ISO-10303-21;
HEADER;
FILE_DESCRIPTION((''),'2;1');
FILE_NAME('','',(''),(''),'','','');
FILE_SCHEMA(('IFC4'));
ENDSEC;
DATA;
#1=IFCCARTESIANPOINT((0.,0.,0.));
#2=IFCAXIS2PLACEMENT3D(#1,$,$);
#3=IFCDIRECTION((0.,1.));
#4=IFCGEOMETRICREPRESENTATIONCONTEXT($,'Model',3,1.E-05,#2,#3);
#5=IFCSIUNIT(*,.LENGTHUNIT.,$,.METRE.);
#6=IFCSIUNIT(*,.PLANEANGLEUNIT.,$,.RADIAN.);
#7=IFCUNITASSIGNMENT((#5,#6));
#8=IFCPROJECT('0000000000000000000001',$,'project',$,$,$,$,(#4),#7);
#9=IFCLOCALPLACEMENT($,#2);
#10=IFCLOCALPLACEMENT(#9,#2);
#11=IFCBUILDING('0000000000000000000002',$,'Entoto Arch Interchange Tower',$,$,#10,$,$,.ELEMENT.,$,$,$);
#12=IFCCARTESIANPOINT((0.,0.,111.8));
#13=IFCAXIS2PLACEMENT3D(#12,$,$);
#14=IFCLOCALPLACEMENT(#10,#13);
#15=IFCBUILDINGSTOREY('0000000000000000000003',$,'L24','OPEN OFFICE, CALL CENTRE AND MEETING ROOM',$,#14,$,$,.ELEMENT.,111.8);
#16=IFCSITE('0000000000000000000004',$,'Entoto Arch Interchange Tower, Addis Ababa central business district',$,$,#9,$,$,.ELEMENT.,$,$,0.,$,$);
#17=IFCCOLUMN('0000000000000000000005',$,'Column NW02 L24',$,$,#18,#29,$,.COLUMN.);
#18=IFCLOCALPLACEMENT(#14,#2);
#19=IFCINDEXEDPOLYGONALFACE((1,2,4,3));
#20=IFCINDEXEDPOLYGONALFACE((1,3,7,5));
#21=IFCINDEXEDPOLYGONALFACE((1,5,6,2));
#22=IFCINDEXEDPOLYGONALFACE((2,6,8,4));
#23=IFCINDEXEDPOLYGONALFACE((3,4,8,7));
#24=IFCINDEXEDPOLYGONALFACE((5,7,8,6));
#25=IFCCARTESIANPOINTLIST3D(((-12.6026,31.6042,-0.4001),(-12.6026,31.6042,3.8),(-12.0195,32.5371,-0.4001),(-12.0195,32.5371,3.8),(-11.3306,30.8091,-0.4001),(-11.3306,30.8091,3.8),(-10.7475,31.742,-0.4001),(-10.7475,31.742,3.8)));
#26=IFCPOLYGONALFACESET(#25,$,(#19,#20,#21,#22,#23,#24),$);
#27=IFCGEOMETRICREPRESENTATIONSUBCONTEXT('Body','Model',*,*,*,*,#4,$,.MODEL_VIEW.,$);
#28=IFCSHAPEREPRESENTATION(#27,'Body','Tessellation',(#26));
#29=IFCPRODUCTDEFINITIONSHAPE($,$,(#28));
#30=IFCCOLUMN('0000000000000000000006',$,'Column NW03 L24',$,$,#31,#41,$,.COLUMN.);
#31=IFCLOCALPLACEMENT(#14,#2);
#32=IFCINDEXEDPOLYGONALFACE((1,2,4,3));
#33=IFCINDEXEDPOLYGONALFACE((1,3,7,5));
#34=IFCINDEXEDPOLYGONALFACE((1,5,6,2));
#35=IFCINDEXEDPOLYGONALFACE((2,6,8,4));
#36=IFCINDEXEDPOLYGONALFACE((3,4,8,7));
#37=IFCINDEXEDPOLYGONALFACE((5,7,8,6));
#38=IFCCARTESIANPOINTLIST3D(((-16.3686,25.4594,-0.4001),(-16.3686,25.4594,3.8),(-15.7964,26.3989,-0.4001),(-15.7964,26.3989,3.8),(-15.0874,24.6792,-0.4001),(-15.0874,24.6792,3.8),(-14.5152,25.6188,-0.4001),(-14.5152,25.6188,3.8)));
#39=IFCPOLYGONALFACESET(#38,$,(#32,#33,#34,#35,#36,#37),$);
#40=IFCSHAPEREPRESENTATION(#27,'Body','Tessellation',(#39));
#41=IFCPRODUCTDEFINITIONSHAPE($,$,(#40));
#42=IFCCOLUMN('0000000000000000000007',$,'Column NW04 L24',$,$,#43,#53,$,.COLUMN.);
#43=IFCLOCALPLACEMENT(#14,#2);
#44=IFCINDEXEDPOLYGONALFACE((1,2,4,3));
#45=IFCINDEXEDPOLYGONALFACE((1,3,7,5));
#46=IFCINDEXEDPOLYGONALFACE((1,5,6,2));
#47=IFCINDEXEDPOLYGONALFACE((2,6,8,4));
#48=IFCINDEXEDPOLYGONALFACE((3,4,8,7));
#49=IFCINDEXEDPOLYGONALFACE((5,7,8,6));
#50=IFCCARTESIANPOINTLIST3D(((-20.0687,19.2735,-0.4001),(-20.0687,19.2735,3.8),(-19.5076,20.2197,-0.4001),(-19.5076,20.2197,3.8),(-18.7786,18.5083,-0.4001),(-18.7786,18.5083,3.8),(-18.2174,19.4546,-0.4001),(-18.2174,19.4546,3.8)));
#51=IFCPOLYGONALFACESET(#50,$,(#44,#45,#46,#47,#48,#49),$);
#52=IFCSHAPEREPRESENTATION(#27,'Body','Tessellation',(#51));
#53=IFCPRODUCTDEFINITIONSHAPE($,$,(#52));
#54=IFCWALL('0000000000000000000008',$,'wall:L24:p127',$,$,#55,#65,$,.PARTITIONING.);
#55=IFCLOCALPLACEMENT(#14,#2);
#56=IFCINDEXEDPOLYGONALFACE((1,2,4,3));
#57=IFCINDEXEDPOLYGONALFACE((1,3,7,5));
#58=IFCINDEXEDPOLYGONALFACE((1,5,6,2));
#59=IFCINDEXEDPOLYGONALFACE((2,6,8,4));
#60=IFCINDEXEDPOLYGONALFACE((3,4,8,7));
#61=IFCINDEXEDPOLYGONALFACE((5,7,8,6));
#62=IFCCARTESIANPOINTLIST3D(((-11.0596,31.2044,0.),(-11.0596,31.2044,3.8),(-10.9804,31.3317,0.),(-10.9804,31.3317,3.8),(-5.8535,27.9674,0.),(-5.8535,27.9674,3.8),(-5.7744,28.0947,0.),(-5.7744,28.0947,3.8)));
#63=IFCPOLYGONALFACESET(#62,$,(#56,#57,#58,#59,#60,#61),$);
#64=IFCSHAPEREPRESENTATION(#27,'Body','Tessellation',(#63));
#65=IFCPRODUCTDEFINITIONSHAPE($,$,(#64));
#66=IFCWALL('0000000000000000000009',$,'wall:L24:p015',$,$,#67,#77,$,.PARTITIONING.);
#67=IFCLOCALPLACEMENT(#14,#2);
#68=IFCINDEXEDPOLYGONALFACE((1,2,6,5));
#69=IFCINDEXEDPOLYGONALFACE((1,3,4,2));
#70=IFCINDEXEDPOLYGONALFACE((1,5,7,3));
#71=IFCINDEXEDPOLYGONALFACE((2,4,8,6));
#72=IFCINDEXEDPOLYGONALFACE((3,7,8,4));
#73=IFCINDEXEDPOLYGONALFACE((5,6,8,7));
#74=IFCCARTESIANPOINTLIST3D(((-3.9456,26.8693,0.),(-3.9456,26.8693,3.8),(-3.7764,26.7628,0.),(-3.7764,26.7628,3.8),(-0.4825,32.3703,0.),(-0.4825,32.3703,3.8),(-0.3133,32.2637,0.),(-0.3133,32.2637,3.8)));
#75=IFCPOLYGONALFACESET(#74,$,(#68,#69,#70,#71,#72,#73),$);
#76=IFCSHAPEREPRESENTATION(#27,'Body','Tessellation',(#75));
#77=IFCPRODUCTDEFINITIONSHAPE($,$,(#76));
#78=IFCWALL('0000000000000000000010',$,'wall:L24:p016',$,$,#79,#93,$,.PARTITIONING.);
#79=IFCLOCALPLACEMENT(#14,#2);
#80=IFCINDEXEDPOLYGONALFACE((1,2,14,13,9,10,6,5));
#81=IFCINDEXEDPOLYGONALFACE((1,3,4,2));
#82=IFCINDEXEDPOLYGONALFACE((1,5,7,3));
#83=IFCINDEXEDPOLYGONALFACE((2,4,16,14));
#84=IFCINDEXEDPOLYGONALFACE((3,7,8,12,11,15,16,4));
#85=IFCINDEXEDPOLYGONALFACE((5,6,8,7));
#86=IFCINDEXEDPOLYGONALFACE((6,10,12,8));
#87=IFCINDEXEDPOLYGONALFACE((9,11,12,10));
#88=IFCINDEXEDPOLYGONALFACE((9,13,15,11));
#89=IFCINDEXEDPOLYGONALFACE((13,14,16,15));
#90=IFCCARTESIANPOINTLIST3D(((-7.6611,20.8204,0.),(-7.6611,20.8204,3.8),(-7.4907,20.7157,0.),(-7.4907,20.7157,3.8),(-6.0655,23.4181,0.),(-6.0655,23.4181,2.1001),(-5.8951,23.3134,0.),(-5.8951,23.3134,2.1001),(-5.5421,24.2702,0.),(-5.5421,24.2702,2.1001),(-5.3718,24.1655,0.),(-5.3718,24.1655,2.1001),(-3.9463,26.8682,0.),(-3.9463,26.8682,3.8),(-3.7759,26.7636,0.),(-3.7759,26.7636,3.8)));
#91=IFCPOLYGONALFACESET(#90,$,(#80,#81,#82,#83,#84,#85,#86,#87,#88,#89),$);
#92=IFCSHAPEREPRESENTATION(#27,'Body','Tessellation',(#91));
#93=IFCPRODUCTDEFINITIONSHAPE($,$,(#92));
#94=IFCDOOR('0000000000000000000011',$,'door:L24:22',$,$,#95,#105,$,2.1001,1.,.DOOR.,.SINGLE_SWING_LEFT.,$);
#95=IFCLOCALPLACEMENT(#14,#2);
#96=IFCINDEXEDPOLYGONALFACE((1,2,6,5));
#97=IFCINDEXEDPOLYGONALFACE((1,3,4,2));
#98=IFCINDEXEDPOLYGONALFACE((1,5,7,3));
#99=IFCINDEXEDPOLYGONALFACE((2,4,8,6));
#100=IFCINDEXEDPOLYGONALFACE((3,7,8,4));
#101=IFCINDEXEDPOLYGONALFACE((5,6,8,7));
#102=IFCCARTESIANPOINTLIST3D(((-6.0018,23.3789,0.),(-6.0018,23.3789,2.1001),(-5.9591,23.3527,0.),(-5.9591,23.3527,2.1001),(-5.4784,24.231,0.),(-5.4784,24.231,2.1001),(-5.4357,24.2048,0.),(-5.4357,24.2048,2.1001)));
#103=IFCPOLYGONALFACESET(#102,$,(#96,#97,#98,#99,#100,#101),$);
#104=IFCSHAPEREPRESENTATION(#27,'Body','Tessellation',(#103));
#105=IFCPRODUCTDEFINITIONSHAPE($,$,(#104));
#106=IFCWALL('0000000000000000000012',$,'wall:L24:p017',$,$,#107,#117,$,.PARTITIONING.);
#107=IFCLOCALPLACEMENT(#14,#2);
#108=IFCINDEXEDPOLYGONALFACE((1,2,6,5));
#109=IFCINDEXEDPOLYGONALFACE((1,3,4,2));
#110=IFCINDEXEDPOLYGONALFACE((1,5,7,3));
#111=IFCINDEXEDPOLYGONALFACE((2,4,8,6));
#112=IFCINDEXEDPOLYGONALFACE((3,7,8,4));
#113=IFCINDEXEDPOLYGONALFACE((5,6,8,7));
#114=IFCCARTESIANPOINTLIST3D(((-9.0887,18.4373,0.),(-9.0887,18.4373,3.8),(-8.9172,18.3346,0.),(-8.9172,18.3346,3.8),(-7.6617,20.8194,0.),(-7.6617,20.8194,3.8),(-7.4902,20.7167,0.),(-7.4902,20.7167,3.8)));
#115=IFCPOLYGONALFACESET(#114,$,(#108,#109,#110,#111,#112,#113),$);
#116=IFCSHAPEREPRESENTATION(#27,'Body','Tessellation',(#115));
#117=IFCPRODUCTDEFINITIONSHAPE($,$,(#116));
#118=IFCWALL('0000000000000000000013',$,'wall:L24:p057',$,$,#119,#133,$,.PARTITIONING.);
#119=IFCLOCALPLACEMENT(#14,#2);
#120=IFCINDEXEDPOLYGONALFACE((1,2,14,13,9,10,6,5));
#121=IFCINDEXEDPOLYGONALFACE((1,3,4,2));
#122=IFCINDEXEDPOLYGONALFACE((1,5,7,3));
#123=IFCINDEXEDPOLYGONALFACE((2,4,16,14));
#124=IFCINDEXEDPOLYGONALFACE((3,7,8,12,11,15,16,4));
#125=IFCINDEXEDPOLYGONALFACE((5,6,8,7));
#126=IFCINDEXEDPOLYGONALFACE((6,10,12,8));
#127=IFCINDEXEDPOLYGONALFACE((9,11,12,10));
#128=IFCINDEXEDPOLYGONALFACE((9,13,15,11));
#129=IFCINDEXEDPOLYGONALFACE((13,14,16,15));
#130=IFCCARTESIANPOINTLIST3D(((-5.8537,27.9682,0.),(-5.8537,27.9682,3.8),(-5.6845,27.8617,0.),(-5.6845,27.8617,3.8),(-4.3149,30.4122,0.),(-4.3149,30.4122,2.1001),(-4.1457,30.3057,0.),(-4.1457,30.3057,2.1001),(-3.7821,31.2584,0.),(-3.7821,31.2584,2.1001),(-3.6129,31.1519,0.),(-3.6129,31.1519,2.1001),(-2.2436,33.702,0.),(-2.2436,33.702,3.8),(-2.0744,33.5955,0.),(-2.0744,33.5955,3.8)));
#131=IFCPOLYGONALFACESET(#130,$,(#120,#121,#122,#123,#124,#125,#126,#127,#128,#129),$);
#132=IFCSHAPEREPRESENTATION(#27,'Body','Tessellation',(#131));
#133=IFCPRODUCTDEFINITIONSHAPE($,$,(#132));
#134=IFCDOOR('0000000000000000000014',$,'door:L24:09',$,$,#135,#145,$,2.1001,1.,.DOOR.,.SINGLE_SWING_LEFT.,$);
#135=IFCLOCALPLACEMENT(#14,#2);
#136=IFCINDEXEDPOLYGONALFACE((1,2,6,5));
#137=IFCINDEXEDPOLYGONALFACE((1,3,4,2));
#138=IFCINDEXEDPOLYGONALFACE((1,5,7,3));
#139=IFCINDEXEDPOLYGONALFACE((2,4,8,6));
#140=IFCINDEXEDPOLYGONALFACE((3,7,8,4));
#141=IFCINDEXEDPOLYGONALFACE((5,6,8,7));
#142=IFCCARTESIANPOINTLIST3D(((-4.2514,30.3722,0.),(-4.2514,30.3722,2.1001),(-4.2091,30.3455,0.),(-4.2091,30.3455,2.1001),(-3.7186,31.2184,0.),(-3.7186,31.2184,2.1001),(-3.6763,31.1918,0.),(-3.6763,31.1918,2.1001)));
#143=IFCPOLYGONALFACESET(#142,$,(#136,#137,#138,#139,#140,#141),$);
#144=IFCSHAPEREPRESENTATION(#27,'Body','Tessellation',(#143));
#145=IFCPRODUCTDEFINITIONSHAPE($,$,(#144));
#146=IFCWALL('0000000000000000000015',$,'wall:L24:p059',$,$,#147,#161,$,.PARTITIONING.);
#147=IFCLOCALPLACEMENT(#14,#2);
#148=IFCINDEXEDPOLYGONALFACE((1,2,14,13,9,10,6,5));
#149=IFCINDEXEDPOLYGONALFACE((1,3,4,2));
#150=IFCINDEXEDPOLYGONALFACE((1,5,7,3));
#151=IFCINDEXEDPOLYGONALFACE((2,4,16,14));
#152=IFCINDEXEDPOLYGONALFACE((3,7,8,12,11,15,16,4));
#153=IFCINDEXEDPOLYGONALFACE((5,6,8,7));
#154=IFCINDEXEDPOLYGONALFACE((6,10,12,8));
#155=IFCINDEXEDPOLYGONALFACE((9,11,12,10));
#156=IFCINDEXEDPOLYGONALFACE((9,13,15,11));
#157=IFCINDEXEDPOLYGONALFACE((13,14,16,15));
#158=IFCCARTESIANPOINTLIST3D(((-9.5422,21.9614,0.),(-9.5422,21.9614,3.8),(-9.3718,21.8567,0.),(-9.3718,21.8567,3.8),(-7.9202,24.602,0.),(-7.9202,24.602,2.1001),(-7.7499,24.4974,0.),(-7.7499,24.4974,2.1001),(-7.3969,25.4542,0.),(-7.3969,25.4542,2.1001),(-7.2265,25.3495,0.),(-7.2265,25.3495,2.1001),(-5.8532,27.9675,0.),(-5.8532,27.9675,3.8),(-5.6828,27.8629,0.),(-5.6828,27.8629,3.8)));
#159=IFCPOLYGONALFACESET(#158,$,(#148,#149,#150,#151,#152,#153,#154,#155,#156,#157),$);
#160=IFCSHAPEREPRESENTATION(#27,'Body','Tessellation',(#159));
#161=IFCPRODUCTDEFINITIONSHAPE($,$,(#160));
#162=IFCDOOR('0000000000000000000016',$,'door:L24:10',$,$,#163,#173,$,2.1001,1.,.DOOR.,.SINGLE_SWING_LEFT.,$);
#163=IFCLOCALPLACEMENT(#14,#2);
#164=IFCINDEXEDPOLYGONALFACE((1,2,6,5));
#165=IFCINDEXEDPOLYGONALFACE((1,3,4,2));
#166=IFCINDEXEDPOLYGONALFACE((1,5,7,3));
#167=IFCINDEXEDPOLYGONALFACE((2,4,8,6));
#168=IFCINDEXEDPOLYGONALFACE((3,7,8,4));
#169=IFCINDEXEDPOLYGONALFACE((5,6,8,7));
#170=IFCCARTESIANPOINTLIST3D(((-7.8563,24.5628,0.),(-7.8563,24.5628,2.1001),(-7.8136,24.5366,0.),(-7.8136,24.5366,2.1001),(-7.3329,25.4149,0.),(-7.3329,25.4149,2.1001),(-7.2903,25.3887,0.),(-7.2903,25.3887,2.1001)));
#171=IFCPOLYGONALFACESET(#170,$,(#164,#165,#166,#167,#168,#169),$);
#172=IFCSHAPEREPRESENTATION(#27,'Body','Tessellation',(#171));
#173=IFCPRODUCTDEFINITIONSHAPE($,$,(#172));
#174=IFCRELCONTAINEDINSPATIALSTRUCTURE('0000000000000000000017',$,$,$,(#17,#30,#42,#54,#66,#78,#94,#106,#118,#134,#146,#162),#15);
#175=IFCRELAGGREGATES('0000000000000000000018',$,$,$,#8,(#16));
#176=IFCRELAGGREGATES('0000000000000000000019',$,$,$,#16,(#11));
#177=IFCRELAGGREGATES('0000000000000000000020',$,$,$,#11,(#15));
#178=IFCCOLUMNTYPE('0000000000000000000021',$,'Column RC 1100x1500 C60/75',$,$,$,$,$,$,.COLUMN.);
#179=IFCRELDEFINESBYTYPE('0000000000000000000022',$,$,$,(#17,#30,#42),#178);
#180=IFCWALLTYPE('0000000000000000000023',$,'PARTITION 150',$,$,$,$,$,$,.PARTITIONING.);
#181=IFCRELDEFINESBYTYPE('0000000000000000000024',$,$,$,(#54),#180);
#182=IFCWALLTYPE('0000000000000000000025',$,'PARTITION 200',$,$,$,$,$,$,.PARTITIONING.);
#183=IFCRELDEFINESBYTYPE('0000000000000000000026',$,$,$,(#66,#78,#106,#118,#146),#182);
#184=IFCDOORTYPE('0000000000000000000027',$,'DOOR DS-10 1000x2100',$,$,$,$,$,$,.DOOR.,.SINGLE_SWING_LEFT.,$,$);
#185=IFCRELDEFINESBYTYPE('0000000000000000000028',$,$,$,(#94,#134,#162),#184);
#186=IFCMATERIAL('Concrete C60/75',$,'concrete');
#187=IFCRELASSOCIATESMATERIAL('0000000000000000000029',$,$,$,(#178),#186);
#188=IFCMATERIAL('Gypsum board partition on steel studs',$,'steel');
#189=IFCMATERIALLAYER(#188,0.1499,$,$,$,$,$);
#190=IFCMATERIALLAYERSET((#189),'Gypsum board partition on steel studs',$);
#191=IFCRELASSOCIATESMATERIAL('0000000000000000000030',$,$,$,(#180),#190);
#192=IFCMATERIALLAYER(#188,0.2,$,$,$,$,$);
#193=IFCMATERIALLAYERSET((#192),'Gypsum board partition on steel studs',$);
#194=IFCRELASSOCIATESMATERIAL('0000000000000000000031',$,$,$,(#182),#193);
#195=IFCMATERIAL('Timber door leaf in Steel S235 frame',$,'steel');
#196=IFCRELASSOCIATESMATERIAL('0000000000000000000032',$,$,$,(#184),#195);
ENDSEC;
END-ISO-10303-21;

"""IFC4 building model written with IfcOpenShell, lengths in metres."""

from ifc_helpers import new_model, si_unit, direction, frame, frame_2d, origin, origin_2d, place, context, subcontext, project, spatial, rectangle, extrude, material, layer, layer_set, material_profile, profile_set, type_object, element, fill, save


model = new_model("IFC4")

# Units and contexts
model_context = context("Model", 3, precision=1e-05, world=origin(), true_north=direction((0.0, 1.0)))
body_context = subcontext(model_context, "Body", "Model", "MODEL_VIEW")
ifc_project = project(units=[si_unit("LENGTHUNIT", "METRE"), si_unit("PLANEANGLEUNIT", "RADIAN")], contexts=[model_context])

# Site, building, storey
site_placement = place(None, origin())
site = spatial("IfcSite", under=ifc_project, at=site_placement, Name="Entoto Arch Interchange Tower, Addis Ababa central business district", CompositionType="ELEMENT", RefElevation=0.0)
building_placement = place(site_placement, origin())
building = spatial("IfcBuilding", under=site, at=building_placement, Name="Entoto Arch Interchange Tower", CompositionType="ELEMENT")
storey_placement = place(building_placement, frame((0.0, 0.0, 111.8)))
storey = spatial("IfcBuildingStorey", under=building, at=storey_placement, Name="L24", Description="OPEN OFFICE, CALL CENTRE AND MEETING ROOM", CompositionType="ELEMENT", Elevation=111.8)

# Columns
ifc_material_1 = material(Name="Concrete C60/75", Category="concrete")
ifc_material_profile = material_profile(ifc_material_1, rectangle(XDim=1.1001, YDim=1.5, at=origin_2d()))
ifc_profile_set = profile_set([ifc_material_profile], Name="Concrete C60/75")
column_type = type_object("IfcColumnType", Name="Column RC 1100x1500 C60/75", PredefinedType="COLUMN", material=ifc_profile_set)
for number, where, z_axis, x_axis, name in (
    (1, (-11.675, 31.6731, -0.4001), (0.0, 0.0, 1.0), (0.530067, 0.847956, 0.0), "Column NW02 L24"),
    (2, (-15.4419, 25.5391, -0.4001), (0.0, 0.0, 1.0), (0.520116, 0.854096, 0.0), "Column NW03 L24"),
    (3, (-19.1431, 19.364, -0.4001), (0.0, 0.0, 1.0), (0.510093, 0.860119, 0.0), "Column NW04 L24"),
):
    element("IfcColumn", number, at=place(storey_placement, frame(where, z_axis=z_axis, x_axis=x_axis)), inside=storey, type_object=column_type, Name=name, PredefinedType="COLUMN", context=body_context, shape_type="SweptSolid", body=[
        extrude(rectangle(XDim=1.1001, YDim=1.5, at=origin_2d()), origin(), (0.0, 0.0, 1.0), 4.2002),
    ])

# Walls
ifc_material_2 = material(Name="Gypsum board partition on steel studs", Category="steel")
ifc_layer_1 = layer(ifc_material_2, 0.1499)
ifc_layer_set_1 = layer_set([ifc_layer_1], Name="Gypsum board partition on steel studs")
wall_type_1 = type_object("IfcWallType", Name="PARTITION 150", PredefinedType="PARTITIONING", material=ifc_layer_set_1)
wall_1_placement = place(storey_placement, frame((-5.814, 28.031, 0.0), z_axis=(0.0, 0.0, 1.0), x_axis=(-0.849222, 0.528036, 0.0)))
element("IfcWall", 4, at=wall_1_placement, inside=storey, type_object=wall_type_1, Name="wall:L24:p127", PredefinedType="PARTITIONING", context=body_context, shape_type="SweptSolid", body=[
    extrude(rectangle(XDim=6.1304, YDim=0.1499, at=frame_2d((3.0652, 0.0))), origin(), (0.0, 0.0, 1.0), 3.8),
])
ifc_layer_2 = layer(ifc_material_2, 0.2)
ifc_layer_set_2 = layer_set([ifc_layer_2], Name="Gypsum board partition on steel studs")
wall_type_2 = type_object("IfcWallType", Name="PARTITION 200", PredefinedType="PARTITIONING", material=ifc_layer_set_2)
wall_2_placement = place(storey_placement, frame((-0.3979, 32.3169, 0.0), z_axis=(0.0, 0.0, 1.0), x_axis=(-0.532764, -0.846264, 0.0)))
element("IfcWall", 5, at=wall_2_placement, inside=storey, type_object=wall_type_2, Name="wall:L24:p015", PredefinedType="PARTITIONING", context=body_context, shape_type="SweptSolid", body=[
    extrude(rectangle(XDim=6.5002, YDim=0.2, at=frame_2d((3.25, 0.0))), origin(), (0.0, 0.0, 1.0), 3.8),
])

# Wall, opening, door
wall_3_placement = place(storey_placement, frame((-3.8611, 26.8159, 0.0), z_axis=(0.0, 0.0, 1.0), x_axis=(-0.523391, -0.852093, 0.0)))
wall_3 = element("IfcWall", 6, at=wall_3_placement, inside=storey, type_object=wall_type_2, Name="wall:L24:p016", PredefinedType="PARTITIONING", context=body_context, shape_type="SweptSolid", body=[
    extrude(rectangle(XDim=7.0977, YDim=0.2, at=frame_2d((3.5488, 0.0))), origin(), (0.0, 0.0, 1.0), 3.8),
])
opening_1_placement = place(wall_3_placement, frame((3.0491, 0.0, 0.0)))
opening_1 = element("IfcOpeningElement", 7, at=opening_1_placement, cuts=wall_3, PredefinedType="OPENING", context=body_context, shape_type="SweptSolid", body=[
    extrude(rectangle(XDim=1.0, YDim=2.1001, at=frame_2d((0.5, 1.05))), frame((0.0, 0.1099, 0.0), z_axis=(0.0, -1.0, 0.0), x_axis=(1.0, 0.0, 0.0)), (0.0, 0.0, 1.0), 0.22),
])
ifc_material_3 = material(Name="Timber door leaf in Steel S235 frame", Category="steel")
door_type = type_object("IfcDoorType", Name="DOOR DS-10 1000x2100", OperationType="SINGLE_SWING_LEFT", PredefinedType="DOOR", material=ifc_material_3)
door_1_placement = place(opening_1_placement, origin())
door_1 = element("IfcDoor", 8, at=door_1_placement, inside=storey, type_object=door_type, Name="door:L24:22", OperationType="SINGLE_SWING_LEFT", OverallHeight=2.1001, OverallWidth=1.0, PredefinedType="DOOR", context=body_context, shape_type="SweptSolid", body=[
    extrude(rectangle(XDim=1.0, YDim=2.1001, at=frame_2d((0.5, 1.05))), frame((0.0, 0.0249, 0.0), z_axis=(0.0, -1.0, 0.0), x_axis=(1.0, 0.0, 0.0)), (0.0, 0.0, 1.0), 0.05),
])
fill(opening_1, door_1)

# Wall
wall_4_placement = place(storey_placement, frame((-7.5759, 20.7681, 0.0), z_axis=(0.0, 0.0, 1.0), x_axis=(-0.513901, -0.85785, 0.0)))
element("IfcWall", 9, at=wall_4_placement, inside=storey, type_object=wall_type_2, Name="wall:L24:p017", PredefinedType="PARTITIONING", context=body_context, shape_type="SweptSolid", body=[
    extrude(rectangle(XDim=2.7769, YDim=0.2, at=frame_2d((1.3884, 0.0))), origin(), (0.0, 0.0, 1.0), 3.8),
])

# Walls, openings, doors
wall_5_placement = place(storey_placement, frame((-5.769, 27.915, 0.0), z_axis=(0.0, 0.0, 1.0), x_axis=(0.532801, 0.846241, 0.0)))
wall_5 = element("IfcWall", 10, at=wall_5_placement, inside=storey, type_object=wall_type_2, Name="wall:L24:p057", PredefinedType="PARTITIONING", context=body_context, shape_type="SweptSolid", body=[
    extrude(rectangle(XDim=6.7756, YDim=0.2, at=frame_2d((3.3877, 0.0))), origin(), (0.0, 0.0, 1.0), 3.8),
])
opening_2_placement = place(wall_5_placement, frame((2.8879, 0.0, 0.0)))
opening_2 = element("IfcOpeningElement", 11, at=opening_2_placement, cuts=wall_5, PredefinedType="OPENING", context=body_context, shape_type="SweptSolid", body=[
    extrude(rectangle(XDim=1.0, YDim=2.1001, at=frame_2d((0.5, 1.05))), frame((0.0, 0.1099, 0.0), z_axis=(0.0, -1.0, 0.0), x_axis=(1.0, 0.0, 0.0)), (0.0, 0.0, 1.0), 0.22),
])
door_2_placement = place(opening_2_placement, origin())
door_2 = element("IfcDoor", 12, at=door_2_placement, inside=storey, type_object=door_type, Name="door:L24:09", OperationType="SINGLE_SWING_LEFT", OverallHeight=2.1001, OverallWidth=1.0, PredefinedType="DOOR", context=body_context, shape_type="SweptSolid", body=[
    extrude(rectangle(XDim=1.0, YDim=2.1001, at=frame_2d((0.5, 1.05))), frame((0.0, 0.0249, 0.0), z_axis=(0.0, -1.0, 0.0), x_axis=(1.0, 0.0, 0.0)), (0.0, 0.0, 1.0), 0.05),
])
fill(opening_2, door_2)
wall_6_placement = place(storey_placement, frame((-9.457, 21.9089, 0.0), z_axis=(0.0, 0.0, 1.0), x_axis=(0.523367, 0.852108, 0.0)))
wall_6 = element("IfcWall", 13, at=wall_6_placement, inside=storey, type_object=wall_type_2, Name="wall:L24:p059", PredefinedType="PARTITIONING", context=body_context, shape_type="SweptSolid", body=[
    extrude(rectangle(XDim=7.0486, YDim=0.2, at=frame_2d((3.5244, 0.0))), origin(), (0.0, 0.0, 1.0), 3.8),
])
opening_3_placement = place(wall_6_placement, frame((3.0991, 0.0, 0.0)))
opening_3 = element("IfcOpeningElement", 14, at=opening_3_placement, cuts=wall_6, PredefinedType="OPENING", context=body_context, shape_type="SweptSolid", body=[
    extrude(rectangle(XDim=1.0, YDim=2.1001, at=frame_2d((0.5, 1.05))), frame((0.0, 0.1099, 0.0), z_axis=(0.0, -1.0, 0.0), x_axis=(1.0, 0.0, 0.0)), (0.0, 0.0, 1.0), 0.22),
])
door_3_placement = place(opening_3_placement, origin())
door_3 = element("IfcDoor", 15, at=door_3_placement, inside=storey, type_object=door_type, Name="door:L24:10", OperationType="SINGLE_SWING_LEFT", OverallHeight=2.1001, OverallWidth=1.0, PredefinedType="DOOR", context=body_context, shape_type="SweptSolid", body=[
    extrude(rectangle(XDim=1.0, YDim=2.1001, at=frame_2d((0.5, 1.05))), frame((0.0, 0.0249, 0.0), z_axis=(0.0, -1.0, 0.0), x_axis=(1.0, 0.0, 0.0)), (0.0, 0.0, 1.0), 0.05),
])
fill(opening_3, door_3)

save(model, "model.ifc")
